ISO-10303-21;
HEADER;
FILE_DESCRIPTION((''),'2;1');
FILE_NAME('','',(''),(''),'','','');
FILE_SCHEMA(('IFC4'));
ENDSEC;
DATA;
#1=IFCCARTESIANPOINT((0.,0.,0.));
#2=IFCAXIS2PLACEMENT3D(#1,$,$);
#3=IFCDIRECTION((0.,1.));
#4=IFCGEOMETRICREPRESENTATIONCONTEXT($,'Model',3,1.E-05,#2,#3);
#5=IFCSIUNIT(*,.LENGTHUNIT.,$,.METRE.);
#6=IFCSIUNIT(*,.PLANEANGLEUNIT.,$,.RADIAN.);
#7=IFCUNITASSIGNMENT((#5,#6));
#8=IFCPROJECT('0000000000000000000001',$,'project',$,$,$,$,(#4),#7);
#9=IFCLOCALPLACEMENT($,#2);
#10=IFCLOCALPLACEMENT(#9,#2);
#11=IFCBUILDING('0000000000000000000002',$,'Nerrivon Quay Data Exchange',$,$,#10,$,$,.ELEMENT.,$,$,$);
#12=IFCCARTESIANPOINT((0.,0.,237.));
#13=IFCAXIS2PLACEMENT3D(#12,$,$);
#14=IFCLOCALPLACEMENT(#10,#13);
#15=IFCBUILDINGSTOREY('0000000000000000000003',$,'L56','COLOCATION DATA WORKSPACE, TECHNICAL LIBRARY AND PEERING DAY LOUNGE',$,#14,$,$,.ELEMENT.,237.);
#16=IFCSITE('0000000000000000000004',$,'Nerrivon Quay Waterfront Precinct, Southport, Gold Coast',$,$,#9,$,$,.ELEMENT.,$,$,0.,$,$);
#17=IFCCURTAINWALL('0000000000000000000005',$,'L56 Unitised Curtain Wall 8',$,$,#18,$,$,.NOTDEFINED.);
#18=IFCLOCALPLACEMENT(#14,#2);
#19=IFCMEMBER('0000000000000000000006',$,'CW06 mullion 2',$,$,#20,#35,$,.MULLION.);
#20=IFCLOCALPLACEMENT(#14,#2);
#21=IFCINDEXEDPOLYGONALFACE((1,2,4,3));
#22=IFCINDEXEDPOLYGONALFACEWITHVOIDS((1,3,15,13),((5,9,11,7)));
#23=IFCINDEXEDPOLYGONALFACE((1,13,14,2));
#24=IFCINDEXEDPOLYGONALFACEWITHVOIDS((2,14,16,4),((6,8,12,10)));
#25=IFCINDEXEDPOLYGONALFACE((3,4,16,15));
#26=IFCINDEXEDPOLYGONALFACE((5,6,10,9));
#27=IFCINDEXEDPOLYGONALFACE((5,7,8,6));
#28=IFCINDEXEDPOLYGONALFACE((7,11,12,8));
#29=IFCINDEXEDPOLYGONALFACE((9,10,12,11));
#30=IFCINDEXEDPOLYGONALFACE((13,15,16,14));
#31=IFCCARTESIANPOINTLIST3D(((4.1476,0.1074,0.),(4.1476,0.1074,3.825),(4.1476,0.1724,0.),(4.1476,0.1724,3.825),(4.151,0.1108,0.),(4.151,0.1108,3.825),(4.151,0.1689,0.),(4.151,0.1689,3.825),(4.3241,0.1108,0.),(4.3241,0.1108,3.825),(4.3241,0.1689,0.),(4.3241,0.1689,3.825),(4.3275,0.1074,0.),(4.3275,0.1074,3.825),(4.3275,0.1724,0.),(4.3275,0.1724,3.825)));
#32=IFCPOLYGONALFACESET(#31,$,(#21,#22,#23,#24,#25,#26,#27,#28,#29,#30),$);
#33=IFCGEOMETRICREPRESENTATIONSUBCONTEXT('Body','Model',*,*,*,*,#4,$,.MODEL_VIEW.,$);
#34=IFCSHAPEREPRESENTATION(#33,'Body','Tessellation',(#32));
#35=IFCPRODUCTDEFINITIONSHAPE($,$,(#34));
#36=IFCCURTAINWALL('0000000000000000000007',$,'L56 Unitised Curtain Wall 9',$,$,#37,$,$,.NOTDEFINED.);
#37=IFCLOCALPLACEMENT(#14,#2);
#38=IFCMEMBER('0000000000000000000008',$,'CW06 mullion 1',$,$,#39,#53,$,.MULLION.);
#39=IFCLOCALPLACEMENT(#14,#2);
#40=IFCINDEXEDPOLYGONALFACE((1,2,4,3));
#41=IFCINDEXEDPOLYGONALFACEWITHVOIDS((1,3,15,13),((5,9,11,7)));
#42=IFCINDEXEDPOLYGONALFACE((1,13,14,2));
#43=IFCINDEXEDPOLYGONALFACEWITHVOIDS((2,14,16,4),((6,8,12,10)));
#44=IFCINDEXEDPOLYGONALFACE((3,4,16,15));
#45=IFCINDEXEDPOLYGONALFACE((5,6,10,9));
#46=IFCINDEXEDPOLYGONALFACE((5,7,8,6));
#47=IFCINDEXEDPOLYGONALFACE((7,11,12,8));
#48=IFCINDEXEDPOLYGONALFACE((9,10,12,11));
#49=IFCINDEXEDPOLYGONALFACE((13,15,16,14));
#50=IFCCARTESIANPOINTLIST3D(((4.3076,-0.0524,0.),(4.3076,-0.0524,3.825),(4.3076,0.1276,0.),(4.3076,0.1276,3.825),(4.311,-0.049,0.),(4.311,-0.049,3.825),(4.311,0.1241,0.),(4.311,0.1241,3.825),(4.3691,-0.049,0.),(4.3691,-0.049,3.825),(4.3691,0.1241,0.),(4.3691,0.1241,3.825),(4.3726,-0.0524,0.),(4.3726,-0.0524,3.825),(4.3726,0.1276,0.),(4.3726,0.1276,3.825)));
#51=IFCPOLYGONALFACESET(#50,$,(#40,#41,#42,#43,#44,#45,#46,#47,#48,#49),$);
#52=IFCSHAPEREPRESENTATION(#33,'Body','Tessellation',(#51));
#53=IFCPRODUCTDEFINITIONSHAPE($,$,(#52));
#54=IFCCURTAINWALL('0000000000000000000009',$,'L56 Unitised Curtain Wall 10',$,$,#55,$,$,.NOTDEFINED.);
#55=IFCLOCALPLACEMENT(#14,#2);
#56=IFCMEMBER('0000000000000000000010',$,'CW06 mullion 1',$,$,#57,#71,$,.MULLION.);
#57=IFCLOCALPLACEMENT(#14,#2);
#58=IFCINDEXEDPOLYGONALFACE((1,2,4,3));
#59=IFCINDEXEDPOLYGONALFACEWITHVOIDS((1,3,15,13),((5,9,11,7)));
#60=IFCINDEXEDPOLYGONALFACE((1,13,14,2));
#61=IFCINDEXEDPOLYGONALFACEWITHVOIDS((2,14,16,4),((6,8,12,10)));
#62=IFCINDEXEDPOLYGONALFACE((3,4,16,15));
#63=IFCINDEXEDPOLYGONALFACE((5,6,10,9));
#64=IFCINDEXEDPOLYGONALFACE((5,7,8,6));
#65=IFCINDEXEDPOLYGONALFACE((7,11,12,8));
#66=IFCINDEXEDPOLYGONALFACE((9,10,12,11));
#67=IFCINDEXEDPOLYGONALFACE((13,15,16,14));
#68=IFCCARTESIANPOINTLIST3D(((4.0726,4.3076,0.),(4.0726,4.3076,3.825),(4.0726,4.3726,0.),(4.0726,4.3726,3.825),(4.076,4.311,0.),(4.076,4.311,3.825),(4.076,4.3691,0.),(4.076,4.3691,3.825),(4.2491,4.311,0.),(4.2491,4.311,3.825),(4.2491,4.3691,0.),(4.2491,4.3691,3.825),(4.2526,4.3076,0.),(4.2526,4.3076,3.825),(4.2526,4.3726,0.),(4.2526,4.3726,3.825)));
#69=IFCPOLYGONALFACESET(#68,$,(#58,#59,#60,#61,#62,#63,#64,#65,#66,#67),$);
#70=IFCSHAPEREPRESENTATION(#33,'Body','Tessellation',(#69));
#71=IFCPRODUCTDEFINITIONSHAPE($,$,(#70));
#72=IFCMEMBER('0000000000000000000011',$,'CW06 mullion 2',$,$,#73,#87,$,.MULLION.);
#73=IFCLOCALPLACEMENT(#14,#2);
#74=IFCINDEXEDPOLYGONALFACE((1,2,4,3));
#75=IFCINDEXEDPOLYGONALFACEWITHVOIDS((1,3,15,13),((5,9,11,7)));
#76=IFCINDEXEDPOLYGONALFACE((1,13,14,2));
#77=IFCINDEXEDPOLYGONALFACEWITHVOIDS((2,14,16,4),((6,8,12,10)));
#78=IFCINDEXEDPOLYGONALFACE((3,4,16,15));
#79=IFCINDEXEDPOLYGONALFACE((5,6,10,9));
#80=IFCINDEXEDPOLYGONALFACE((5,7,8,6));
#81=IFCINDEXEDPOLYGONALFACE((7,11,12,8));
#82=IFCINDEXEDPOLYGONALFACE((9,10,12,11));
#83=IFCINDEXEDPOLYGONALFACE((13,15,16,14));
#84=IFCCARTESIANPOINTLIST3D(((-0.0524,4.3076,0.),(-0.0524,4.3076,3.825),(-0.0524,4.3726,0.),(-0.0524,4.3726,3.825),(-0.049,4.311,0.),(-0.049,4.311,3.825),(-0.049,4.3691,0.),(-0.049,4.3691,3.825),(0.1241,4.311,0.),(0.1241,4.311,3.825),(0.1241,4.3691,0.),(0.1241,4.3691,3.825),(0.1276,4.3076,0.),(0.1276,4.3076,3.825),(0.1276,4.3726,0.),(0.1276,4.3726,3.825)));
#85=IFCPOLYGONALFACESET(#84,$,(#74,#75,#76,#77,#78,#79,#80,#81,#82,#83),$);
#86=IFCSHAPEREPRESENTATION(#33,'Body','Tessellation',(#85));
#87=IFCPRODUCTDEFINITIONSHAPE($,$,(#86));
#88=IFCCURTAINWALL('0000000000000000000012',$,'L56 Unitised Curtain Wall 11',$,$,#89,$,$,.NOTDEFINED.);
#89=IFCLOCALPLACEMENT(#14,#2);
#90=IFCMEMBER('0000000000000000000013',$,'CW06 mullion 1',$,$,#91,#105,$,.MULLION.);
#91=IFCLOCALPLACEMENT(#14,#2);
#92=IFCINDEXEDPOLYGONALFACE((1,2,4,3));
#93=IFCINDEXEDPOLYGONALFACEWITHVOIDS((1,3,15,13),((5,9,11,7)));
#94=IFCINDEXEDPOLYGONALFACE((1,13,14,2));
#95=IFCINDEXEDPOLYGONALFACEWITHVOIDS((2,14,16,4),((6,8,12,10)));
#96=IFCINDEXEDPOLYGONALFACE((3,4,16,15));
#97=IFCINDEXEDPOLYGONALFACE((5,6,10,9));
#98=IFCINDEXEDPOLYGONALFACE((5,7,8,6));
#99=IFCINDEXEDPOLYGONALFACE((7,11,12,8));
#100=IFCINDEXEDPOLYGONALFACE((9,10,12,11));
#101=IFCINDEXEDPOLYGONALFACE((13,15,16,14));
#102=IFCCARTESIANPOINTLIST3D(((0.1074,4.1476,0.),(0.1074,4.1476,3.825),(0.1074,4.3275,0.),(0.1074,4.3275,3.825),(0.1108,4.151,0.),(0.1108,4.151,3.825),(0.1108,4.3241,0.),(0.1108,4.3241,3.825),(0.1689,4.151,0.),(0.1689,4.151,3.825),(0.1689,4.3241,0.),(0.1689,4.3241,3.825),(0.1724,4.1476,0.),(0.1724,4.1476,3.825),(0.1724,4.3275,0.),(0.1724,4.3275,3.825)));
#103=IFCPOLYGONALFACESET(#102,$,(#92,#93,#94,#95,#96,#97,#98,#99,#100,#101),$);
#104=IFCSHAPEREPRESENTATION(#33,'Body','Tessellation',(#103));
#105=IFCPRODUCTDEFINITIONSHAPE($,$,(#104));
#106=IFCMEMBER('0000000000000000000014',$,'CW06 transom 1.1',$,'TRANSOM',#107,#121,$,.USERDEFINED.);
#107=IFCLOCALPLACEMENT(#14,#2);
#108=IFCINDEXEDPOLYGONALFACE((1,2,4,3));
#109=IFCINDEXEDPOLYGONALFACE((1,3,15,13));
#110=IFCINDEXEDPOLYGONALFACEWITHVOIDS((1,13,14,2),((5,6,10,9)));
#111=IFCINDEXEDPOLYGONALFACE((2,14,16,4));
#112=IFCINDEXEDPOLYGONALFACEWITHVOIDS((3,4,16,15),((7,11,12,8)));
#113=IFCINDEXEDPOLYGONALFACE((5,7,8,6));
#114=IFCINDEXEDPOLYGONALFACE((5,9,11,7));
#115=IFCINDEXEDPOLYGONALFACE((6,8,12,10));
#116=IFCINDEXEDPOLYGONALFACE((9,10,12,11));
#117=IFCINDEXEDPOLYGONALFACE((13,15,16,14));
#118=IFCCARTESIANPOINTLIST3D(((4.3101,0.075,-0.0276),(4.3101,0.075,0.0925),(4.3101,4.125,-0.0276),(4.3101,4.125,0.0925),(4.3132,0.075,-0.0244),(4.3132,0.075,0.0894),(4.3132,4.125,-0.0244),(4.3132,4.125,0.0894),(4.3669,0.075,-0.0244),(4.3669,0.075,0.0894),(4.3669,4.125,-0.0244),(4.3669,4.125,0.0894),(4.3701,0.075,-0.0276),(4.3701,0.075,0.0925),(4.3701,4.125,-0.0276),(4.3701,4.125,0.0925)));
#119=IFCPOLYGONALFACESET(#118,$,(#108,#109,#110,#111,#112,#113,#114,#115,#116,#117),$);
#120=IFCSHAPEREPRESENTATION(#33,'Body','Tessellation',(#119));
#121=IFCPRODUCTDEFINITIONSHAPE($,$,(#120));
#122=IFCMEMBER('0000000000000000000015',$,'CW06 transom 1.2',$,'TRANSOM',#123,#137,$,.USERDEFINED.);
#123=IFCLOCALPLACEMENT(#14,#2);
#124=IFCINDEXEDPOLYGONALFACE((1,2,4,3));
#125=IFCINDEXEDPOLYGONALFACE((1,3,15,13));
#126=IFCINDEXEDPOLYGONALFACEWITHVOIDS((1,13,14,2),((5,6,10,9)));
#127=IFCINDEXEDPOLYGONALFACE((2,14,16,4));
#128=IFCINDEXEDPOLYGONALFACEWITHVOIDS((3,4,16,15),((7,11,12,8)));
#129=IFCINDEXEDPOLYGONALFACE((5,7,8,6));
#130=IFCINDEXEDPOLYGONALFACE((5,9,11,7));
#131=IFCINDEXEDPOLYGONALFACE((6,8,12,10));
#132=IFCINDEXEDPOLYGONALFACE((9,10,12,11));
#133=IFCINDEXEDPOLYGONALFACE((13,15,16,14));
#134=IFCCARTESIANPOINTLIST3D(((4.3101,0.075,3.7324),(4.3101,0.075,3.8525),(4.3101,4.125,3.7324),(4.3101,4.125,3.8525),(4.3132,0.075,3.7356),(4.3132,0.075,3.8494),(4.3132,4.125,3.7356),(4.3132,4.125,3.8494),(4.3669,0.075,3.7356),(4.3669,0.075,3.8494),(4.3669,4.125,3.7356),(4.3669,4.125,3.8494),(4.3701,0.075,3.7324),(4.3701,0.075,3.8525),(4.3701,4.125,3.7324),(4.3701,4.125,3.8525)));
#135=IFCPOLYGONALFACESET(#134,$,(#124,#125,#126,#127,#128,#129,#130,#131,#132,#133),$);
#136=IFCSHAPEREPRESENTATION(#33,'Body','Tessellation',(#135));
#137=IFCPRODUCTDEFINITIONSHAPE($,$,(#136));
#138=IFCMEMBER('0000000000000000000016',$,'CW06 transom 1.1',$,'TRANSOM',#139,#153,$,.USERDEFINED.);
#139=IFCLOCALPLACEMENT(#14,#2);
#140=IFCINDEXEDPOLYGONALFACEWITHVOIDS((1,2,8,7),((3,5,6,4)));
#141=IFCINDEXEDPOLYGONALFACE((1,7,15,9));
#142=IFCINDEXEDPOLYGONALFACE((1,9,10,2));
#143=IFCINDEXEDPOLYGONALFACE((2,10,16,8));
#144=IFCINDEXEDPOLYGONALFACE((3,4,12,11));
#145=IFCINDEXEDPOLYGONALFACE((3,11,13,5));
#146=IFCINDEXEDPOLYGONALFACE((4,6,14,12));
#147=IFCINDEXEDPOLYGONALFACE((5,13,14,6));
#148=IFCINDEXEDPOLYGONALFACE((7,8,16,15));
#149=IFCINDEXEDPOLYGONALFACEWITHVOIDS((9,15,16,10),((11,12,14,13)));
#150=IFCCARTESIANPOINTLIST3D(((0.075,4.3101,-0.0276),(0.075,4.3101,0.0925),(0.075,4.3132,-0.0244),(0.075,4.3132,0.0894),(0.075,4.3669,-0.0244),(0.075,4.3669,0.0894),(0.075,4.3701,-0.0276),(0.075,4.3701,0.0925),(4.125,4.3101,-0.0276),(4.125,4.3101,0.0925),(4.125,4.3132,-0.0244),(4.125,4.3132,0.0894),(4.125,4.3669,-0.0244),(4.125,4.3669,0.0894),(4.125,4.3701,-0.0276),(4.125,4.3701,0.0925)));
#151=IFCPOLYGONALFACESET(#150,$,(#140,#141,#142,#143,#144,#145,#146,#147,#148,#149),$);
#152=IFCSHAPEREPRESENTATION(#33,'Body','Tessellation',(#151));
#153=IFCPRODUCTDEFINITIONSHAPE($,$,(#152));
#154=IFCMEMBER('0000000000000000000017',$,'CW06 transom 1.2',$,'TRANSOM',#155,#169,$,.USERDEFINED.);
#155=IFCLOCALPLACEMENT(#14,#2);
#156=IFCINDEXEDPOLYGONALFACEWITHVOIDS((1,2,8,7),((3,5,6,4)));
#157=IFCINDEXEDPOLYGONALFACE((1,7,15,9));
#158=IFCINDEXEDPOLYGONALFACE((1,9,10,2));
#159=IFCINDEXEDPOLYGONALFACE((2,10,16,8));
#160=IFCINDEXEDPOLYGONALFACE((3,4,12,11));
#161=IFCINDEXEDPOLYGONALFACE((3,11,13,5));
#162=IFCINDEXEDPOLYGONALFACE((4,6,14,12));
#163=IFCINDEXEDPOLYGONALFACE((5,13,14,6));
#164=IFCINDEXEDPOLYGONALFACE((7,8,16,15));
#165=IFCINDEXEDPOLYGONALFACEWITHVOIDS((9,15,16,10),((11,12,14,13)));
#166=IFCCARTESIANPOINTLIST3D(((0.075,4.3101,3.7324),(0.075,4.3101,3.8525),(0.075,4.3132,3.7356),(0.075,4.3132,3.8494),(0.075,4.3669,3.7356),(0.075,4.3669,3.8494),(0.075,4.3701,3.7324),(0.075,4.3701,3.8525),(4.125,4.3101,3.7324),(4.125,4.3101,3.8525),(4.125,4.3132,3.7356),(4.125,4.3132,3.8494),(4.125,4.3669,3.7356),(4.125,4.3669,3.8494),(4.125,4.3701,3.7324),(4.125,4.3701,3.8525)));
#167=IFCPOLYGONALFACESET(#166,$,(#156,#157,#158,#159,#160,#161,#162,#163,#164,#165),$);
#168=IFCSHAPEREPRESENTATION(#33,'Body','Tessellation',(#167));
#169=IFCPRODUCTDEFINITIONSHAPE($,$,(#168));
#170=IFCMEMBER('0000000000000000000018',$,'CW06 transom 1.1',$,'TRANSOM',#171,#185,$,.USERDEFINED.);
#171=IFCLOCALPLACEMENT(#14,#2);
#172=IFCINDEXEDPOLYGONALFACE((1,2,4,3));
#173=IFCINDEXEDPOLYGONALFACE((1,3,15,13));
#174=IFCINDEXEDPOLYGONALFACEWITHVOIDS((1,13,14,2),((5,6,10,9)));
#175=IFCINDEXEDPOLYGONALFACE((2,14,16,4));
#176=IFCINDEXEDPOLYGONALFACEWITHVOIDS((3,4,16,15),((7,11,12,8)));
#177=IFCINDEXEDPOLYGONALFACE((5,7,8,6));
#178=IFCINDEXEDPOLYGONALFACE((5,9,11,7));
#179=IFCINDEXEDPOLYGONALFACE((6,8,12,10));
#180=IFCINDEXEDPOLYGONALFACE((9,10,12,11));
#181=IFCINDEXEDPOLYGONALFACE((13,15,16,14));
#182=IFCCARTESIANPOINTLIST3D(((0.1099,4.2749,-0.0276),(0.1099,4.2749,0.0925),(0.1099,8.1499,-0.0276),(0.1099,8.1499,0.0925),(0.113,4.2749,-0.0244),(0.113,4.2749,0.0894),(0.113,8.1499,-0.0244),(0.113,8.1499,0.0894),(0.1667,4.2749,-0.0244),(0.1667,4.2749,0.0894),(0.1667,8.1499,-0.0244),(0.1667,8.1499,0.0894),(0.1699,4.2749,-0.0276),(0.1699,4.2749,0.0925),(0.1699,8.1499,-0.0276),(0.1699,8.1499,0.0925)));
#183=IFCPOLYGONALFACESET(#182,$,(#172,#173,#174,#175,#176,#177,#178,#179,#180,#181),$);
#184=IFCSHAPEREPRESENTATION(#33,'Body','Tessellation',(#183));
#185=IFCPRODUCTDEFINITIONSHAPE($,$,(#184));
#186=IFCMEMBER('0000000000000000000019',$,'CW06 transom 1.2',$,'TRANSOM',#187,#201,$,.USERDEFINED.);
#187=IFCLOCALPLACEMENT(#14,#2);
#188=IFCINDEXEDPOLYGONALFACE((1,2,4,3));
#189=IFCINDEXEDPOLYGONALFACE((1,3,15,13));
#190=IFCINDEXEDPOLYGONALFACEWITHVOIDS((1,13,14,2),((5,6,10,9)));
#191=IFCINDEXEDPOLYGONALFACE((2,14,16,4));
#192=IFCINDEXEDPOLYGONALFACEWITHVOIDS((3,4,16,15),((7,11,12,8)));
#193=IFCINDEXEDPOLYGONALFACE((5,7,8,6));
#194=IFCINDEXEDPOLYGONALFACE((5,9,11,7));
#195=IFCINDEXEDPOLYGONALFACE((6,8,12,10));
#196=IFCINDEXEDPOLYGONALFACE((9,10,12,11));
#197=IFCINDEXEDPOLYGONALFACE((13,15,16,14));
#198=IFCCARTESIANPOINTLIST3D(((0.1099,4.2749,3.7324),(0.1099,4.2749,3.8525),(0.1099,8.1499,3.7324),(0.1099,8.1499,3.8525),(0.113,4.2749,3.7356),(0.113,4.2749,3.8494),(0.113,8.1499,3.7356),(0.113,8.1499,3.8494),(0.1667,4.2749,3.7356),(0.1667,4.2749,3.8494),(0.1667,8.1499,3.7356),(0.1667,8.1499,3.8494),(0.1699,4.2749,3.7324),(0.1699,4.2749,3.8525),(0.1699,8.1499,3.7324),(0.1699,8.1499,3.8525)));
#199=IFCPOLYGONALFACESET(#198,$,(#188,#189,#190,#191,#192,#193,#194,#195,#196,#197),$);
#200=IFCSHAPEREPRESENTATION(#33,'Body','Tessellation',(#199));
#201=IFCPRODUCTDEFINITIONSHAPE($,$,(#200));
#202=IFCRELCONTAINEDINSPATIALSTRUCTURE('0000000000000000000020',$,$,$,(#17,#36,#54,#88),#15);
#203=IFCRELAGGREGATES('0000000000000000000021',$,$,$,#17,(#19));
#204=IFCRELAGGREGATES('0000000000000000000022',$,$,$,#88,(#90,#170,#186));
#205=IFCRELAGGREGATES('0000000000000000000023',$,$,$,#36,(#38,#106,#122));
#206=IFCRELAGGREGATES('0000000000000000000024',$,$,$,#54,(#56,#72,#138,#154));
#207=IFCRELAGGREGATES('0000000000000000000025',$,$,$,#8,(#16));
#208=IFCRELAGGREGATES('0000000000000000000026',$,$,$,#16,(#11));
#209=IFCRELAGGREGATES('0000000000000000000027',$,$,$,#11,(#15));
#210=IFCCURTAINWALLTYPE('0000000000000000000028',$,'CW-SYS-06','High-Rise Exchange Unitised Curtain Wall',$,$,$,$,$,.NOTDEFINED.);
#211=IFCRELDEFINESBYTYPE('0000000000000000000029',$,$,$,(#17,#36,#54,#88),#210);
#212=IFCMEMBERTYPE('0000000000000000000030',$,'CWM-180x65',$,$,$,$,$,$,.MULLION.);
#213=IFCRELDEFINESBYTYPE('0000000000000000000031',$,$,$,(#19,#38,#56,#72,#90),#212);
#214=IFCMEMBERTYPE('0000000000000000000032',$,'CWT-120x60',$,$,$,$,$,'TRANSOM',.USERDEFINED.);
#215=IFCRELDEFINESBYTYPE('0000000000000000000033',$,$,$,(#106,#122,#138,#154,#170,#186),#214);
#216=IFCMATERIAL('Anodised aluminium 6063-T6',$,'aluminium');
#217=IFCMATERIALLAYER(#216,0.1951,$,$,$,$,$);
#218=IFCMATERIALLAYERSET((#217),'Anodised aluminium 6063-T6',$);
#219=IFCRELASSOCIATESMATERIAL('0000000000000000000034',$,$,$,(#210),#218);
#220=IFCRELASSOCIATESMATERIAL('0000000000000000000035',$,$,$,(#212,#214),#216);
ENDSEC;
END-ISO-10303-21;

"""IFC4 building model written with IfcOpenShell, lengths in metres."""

from ifc_helpers import new_model, si_unit, direction, frame, origin, origin_2d, place, context, subcontext, project, spatial, hollow_rectangle, extrude, material, layer, layer_set, material_profile, profile_set, type_object, element, aggregate, save


model = new_model("IFC4")

# Units and contexts
model_context = context("Model", 3, precision=1e-05, world=origin(), true_north=direction((0.0, 1.0)))
body_context = subcontext(model_context, "Body", "Model", "MODEL_VIEW")
ifc_project = project(units=[si_unit("LENGTHUNIT", "METRE"), si_unit("PLANEANGLEUNIT", "RADIAN")], contexts=[model_context])

# Site, building, storey
site_placement = place(None, origin())
site = spatial("IfcSite", under=ifc_project, at=site_placement, Name="Nerrivon Quay Waterfront Precinct, Southport, Gold Coast", CompositionType="ELEMENT", RefElevation=0.0)
building_placement = place(site_placement, origin())
building = spatial("IfcBuilding", under=site, at=building_placement, Name="Nerrivon Quay Data Exchange", CompositionType="ELEMENT")
storey_placement = place(building_placement, frame((0.0, 0.0, 237.0)))
storey = spatial("IfcBuildingStorey", under=building, at=storey_placement, Name="L56", Description="COLOCATION DATA WORKSPACE, TECHNICAL LIBRARY AND PEERING DAY LOUNGE", CompositionType="ELEMENT", Elevation=237.0)

# Curtain walls, members
ifc_material_1 = material(Name="Anodised aluminium 6063-T6", Category="aluminium")
ifc_layer_1 = layer(ifc_material_1, 0.1951)
ifc_layer_set_1 = layer_set([ifc_layer_1], Name="Anodised aluminium 6063-T6")
curtain_wall_type = type_object("IfcCurtainWallType", Name="CW-SYS-06", Description="High-Rise Exchange Unitised Curtain Wall", PredefinedType="NOTDEFINED", material=ifc_layer_set_1)
curtain_wall_1_placement = place(storey_placement, origin())
curtain_wall_1 = element("IfcCurtainWall", 1, at=curtain_wall_1_placement, inside=storey, type_object=curtain_wall_type, Name="L56 Unitised Curtain Wall 8", PredefinedType="NOTDEFINED")
ifc_material_profile_1 = material_profile(ifc_material_1, hollow_rectangle(XDim=0.0649, YDim=0.1799, WallThickness=0.0034, at=origin_2d()), Name="ALU-MULL-180x65")
ifc_profile_set_1 = profile_set([ifc_material_profile_1], Name="Anodised aluminium 6063-T6")
member_type_1 = type_object("IfcMemberType", Name="CWM-180x65", PredefinedType="MULLION", material=ifc_profile_set_1)
member_1_placement = place(storey_placement, frame((4.2375, 0.1399, 0.0), z_axis=(0.0, 0.0, 1.0), x_axis=(0.0, -1.0, 0.0)))
member_1 = element("IfcMember", 2, at=member_1_placement, type_object=member_type_1, Name="CW06 mullion 2", PredefinedType="MULLION", context=body_context, shape_type="SweptSolid", body=[
    extrude(hollow_rectangle(XDim=0.0649, YDim=0.1799, WallThickness=0.0034, at=origin_2d()), origin(), (0.0, 0.0, 1.0), 3.825),
])
aggregate(curtain_wall_1, [member_1])
curtain_wall_2_placement = place(storey_placement, origin())
curtain_wall_2 = element("IfcCurtainWall", 3, at=curtain_wall_2_placement, inside=storey, type_object=curtain_wall_type, Name="L56 Unitised Curtain Wall 9", PredefinedType="NOTDEFINED")
member_2_placement = place(storey_placement, frame((4.3401, 0.0376, 0.0), z_axis=(0.0, 0.0, 1.0), x_axis=(-1.0, 0.0, 0.0)))
member_2 = element("IfcMember", 4, at=member_2_placement, type_object=member_type_1, Name="CW06 mullion 1", PredefinedType="MULLION", context=body_context, shape_type="SweptSolid", body=[
    extrude(hollow_rectangle(XDim=0.0649, YDim=0.1799, WallThickness=0.0034, at=origin_2d()), origin(), (0.0, 0.0, 1.0), 3.825),
])

# Curtain wall, members
curtain_wall_3_placement = place(storey_placement, origin())
curtain_wall_3 = element("IfcCurtainWall", 5, at=curtain_wall_3_placement, inside=storey, type_object=curtain_wall_type, Name="L56 Unitised Curtain Wall 10", PredefinedType="NOTDEFINED")
member_3_placement = place(storey_placement, frame((4.1626, 4.3401, 0.0), z_axis=(0.0, 0.0, 1.0), x_axis=(0.0, -1.0, 0.0)))
member_3 = element("IfcMember", 6, at=member_3_placement, type_object=member_type_1, Name="CW06 mullion 1", PredefinedType="MULLION", context=body_context, shape_type="SweptSolid", body=[
    extrude(hollow_rectangle(XDim=0.0649, YDim=0.1799, WallThickness=0.0034, at=origin_2d()), origin(), (0.0, 0.0, 1.0), 3.825),
])
member_4_placement = place(storey_placement, frame((0.0376, 4.3401, 0.0), z_axis=(0.0, 0.0, 1.0), x_axis=(0.0, -1.0, 0.0)))
member_4 = element("IfcMember", 7, at=member_4_placement, type_object=member_type_1, Name="CW06 mullion 2", PredefinedType="MULLION", context=body_context, shape_type="SweptSolid", body=[
    extrude(hollow_rectangle(XDim=0.0649, YDim=0.1799, WallThickness=0.0034, at=origin_2d()), origin(), (0.0, 0.0, 1.0), 3.825),
])

# Curtain wall, member
curtain_wall_4_placement = place(storey_placement, origin())
curtain_wall_4 = element("IfcCurtainWall", 8, at=curtain_wall_4_placement, inside=storey, type_object=curtain_wall_type, Name="L56 Unitised Curtain Wall 11", PredefinedType="NOTDEFINED")
member_5_placement = place(storey_placement, frame((0.1399, 4.2375, 0.0), z_axis=(0.0, 0.0, 1.0), x_axis=(-1.0, 0.0, 0.0)))
member_5 = element("IfcMember", 9, at=member_5_placement, type_object=member_type_1, Name="CW06 mullion 1", PredefinedType="MULLION", context=body_context, shape_type="SweptSolid", body=[
    extrude(hollow_rectangle(XDim=0.0649, YDim=0.1799, WallThickness=0.0034, at=origin_2d()), origin(), (0.0, 0.0, 1.0), 3.825),
])

# Members
ifc_material_profile_2 = material_profile(ifc_material_1, hollow_rectangle(XDim=0.0601, YDim=0.1201, WallThickness=0.0032, at=origin_2d()), Name="ALU-TRAN-120x60")
ifc_profile_set_2 = profile_set([ifc_material_profile_2], Name="Anodised aluminium 6063-T6")
member_type_2 = type_object("IfcMemberType", Name="CWT-120x60", ElementType="TRANSOM", PredefinedType="USERDEFINED", material=ifc_profile_set_2)
member_6_placement = place(storey_placement, frame((4.3401, 0.075, 0.0325), z_axis=(0.0, 1.0, 0.0), x_axis=(-1.0, 0.0, 0.0)))
member_6 = element("IfcMember", 10, at=member_6_placement, type_object=member_type_2, Name="CW06 transom 1.1", ObjectType="TRANSOM", PredefinedType="USERDEFINED", context=body_context, shape_type="SweptSolid", body=[
    extrude(hollow_rectangle(XDim=0.0601, YDim=0.1201, WallThickness=0.0032, at=origin_2d()), origin(), (0.0, 0.0, 1.0), 4.05),
])
member_7_placement = place(storey_placement, frame((4.3401, 0.075, 3.7925), z_axis=(0.0, 1.0, 0.0), x_axis=(-1.0, 0.0, 0.0)))
member_7 = element("IfcMember", 11, at=member_7_placement, type_object=member_type_2, Name="CW06 transom 1.2", ObjectType="TRANSOM", PredefinedType="USERDEFINED", context=body_context, shape_type="SweptSolid", body=[
    extrude(hollow_rectangle(XDim=0.0601, YDim=0.1201, WallThickness=0.0032, at=origin_2d()), origin(), (0.0, 0.0, 1.0), 4.05),
])
member_8_placement = place(storey_placement, frame((4.125, 4.3401, 0.0325), z_axis=(-1.0, 0.0, 0.0), x_axis=(0.0, -1.0, 0.0)))
member_8 = element("IfcMember", 12, at=member_8_placement, type_object=member_type_2, Name="CW06 transom 1.1", ObjectType="TRANSOM", PredefinedType="USERDEFINED", context=body_context, shape_type="SweptSolid", body=[
    extrude(hollow_rectangle(XDim=0.0601, YDim=0.1201, WallThickness=0.0032, at=origin_2d()), origin(), (0.0, 0.0, 1.0), 4.05),
])
member_9_placement = place(storey_placement, frame((4.125, 4.3401, 3.7925), z_axis=(-1.0, 0.0, 0.0), x_axis=(0.0, -1.0, 0.0)))
member_9 = element("IfcMember", 13, at=member_9_placement, type_object=member_type_2, Name="CW06 transom 1.2", ObjectType="TRANSOM", PredefinedType="USERDEFINED", context=body_context, shape_type="SweptSolid", body=[
    extrude(hollow_rectangle(XDim=0.0601, YDim=0.1201, WallThickness=0.0032, at=origin_2d()), origin(), (0.0, 0.0, 1.0), 4.05),
])
member_10_placement = place(storey_placement, frame((0.1399, 4.2749, 0.0325), z_axis=(0.0, 1.0, 0.0), x_axis=(-1.0, 0.0, 0.0)))
member_10 = element("IfcMember", 14, at=member_10_placement, type_object=member_type_2, Name="CW06 transom 1.1", ObjectType="TRANSOM", PredefinedType="USERDEFINED", context=body_context, shape_type="SweptSolid", body=[
    extrude(hollow_rectangle(XDim=0.0601, YDim=0.1201, WallThickness=0.0032, at=origin_2d()), origin(), (0.0, 0.0, 1.0), 3.875),
])
member_11_placement = place(storey_placement, frame((0.1399, 4.2749, 3.7925), z_axis=(0.0, 1.0, 0.0), x_axis=(-1.0, 0.0, 0.0)))
member_11 = element("IfcMember", 15, at=member_11_placement, type_object=member_type_2, Name="CW06 transom 1.2", ObjectType="TRANSOM", PredefinedType="USERDEFINED", context=body_context, shape_type="SweptSolid", body=[
    extrude(hollow_rectangle(XDim=0.0601, YDim=0.1201, WallThickness=0.0032, at=origin_2d()), origin(), (0.0, 0.0, 1.0), 3.875),
])
aggregate(curtain_wall_4, [member_5, member_10, member_11])

aggregate(curtain_wall_2, [member_2, member_6, member_7])
aggregate(curtain_wall_3, [member_3, member_4, member_8, member_9])

save(model, "model.ifc")
